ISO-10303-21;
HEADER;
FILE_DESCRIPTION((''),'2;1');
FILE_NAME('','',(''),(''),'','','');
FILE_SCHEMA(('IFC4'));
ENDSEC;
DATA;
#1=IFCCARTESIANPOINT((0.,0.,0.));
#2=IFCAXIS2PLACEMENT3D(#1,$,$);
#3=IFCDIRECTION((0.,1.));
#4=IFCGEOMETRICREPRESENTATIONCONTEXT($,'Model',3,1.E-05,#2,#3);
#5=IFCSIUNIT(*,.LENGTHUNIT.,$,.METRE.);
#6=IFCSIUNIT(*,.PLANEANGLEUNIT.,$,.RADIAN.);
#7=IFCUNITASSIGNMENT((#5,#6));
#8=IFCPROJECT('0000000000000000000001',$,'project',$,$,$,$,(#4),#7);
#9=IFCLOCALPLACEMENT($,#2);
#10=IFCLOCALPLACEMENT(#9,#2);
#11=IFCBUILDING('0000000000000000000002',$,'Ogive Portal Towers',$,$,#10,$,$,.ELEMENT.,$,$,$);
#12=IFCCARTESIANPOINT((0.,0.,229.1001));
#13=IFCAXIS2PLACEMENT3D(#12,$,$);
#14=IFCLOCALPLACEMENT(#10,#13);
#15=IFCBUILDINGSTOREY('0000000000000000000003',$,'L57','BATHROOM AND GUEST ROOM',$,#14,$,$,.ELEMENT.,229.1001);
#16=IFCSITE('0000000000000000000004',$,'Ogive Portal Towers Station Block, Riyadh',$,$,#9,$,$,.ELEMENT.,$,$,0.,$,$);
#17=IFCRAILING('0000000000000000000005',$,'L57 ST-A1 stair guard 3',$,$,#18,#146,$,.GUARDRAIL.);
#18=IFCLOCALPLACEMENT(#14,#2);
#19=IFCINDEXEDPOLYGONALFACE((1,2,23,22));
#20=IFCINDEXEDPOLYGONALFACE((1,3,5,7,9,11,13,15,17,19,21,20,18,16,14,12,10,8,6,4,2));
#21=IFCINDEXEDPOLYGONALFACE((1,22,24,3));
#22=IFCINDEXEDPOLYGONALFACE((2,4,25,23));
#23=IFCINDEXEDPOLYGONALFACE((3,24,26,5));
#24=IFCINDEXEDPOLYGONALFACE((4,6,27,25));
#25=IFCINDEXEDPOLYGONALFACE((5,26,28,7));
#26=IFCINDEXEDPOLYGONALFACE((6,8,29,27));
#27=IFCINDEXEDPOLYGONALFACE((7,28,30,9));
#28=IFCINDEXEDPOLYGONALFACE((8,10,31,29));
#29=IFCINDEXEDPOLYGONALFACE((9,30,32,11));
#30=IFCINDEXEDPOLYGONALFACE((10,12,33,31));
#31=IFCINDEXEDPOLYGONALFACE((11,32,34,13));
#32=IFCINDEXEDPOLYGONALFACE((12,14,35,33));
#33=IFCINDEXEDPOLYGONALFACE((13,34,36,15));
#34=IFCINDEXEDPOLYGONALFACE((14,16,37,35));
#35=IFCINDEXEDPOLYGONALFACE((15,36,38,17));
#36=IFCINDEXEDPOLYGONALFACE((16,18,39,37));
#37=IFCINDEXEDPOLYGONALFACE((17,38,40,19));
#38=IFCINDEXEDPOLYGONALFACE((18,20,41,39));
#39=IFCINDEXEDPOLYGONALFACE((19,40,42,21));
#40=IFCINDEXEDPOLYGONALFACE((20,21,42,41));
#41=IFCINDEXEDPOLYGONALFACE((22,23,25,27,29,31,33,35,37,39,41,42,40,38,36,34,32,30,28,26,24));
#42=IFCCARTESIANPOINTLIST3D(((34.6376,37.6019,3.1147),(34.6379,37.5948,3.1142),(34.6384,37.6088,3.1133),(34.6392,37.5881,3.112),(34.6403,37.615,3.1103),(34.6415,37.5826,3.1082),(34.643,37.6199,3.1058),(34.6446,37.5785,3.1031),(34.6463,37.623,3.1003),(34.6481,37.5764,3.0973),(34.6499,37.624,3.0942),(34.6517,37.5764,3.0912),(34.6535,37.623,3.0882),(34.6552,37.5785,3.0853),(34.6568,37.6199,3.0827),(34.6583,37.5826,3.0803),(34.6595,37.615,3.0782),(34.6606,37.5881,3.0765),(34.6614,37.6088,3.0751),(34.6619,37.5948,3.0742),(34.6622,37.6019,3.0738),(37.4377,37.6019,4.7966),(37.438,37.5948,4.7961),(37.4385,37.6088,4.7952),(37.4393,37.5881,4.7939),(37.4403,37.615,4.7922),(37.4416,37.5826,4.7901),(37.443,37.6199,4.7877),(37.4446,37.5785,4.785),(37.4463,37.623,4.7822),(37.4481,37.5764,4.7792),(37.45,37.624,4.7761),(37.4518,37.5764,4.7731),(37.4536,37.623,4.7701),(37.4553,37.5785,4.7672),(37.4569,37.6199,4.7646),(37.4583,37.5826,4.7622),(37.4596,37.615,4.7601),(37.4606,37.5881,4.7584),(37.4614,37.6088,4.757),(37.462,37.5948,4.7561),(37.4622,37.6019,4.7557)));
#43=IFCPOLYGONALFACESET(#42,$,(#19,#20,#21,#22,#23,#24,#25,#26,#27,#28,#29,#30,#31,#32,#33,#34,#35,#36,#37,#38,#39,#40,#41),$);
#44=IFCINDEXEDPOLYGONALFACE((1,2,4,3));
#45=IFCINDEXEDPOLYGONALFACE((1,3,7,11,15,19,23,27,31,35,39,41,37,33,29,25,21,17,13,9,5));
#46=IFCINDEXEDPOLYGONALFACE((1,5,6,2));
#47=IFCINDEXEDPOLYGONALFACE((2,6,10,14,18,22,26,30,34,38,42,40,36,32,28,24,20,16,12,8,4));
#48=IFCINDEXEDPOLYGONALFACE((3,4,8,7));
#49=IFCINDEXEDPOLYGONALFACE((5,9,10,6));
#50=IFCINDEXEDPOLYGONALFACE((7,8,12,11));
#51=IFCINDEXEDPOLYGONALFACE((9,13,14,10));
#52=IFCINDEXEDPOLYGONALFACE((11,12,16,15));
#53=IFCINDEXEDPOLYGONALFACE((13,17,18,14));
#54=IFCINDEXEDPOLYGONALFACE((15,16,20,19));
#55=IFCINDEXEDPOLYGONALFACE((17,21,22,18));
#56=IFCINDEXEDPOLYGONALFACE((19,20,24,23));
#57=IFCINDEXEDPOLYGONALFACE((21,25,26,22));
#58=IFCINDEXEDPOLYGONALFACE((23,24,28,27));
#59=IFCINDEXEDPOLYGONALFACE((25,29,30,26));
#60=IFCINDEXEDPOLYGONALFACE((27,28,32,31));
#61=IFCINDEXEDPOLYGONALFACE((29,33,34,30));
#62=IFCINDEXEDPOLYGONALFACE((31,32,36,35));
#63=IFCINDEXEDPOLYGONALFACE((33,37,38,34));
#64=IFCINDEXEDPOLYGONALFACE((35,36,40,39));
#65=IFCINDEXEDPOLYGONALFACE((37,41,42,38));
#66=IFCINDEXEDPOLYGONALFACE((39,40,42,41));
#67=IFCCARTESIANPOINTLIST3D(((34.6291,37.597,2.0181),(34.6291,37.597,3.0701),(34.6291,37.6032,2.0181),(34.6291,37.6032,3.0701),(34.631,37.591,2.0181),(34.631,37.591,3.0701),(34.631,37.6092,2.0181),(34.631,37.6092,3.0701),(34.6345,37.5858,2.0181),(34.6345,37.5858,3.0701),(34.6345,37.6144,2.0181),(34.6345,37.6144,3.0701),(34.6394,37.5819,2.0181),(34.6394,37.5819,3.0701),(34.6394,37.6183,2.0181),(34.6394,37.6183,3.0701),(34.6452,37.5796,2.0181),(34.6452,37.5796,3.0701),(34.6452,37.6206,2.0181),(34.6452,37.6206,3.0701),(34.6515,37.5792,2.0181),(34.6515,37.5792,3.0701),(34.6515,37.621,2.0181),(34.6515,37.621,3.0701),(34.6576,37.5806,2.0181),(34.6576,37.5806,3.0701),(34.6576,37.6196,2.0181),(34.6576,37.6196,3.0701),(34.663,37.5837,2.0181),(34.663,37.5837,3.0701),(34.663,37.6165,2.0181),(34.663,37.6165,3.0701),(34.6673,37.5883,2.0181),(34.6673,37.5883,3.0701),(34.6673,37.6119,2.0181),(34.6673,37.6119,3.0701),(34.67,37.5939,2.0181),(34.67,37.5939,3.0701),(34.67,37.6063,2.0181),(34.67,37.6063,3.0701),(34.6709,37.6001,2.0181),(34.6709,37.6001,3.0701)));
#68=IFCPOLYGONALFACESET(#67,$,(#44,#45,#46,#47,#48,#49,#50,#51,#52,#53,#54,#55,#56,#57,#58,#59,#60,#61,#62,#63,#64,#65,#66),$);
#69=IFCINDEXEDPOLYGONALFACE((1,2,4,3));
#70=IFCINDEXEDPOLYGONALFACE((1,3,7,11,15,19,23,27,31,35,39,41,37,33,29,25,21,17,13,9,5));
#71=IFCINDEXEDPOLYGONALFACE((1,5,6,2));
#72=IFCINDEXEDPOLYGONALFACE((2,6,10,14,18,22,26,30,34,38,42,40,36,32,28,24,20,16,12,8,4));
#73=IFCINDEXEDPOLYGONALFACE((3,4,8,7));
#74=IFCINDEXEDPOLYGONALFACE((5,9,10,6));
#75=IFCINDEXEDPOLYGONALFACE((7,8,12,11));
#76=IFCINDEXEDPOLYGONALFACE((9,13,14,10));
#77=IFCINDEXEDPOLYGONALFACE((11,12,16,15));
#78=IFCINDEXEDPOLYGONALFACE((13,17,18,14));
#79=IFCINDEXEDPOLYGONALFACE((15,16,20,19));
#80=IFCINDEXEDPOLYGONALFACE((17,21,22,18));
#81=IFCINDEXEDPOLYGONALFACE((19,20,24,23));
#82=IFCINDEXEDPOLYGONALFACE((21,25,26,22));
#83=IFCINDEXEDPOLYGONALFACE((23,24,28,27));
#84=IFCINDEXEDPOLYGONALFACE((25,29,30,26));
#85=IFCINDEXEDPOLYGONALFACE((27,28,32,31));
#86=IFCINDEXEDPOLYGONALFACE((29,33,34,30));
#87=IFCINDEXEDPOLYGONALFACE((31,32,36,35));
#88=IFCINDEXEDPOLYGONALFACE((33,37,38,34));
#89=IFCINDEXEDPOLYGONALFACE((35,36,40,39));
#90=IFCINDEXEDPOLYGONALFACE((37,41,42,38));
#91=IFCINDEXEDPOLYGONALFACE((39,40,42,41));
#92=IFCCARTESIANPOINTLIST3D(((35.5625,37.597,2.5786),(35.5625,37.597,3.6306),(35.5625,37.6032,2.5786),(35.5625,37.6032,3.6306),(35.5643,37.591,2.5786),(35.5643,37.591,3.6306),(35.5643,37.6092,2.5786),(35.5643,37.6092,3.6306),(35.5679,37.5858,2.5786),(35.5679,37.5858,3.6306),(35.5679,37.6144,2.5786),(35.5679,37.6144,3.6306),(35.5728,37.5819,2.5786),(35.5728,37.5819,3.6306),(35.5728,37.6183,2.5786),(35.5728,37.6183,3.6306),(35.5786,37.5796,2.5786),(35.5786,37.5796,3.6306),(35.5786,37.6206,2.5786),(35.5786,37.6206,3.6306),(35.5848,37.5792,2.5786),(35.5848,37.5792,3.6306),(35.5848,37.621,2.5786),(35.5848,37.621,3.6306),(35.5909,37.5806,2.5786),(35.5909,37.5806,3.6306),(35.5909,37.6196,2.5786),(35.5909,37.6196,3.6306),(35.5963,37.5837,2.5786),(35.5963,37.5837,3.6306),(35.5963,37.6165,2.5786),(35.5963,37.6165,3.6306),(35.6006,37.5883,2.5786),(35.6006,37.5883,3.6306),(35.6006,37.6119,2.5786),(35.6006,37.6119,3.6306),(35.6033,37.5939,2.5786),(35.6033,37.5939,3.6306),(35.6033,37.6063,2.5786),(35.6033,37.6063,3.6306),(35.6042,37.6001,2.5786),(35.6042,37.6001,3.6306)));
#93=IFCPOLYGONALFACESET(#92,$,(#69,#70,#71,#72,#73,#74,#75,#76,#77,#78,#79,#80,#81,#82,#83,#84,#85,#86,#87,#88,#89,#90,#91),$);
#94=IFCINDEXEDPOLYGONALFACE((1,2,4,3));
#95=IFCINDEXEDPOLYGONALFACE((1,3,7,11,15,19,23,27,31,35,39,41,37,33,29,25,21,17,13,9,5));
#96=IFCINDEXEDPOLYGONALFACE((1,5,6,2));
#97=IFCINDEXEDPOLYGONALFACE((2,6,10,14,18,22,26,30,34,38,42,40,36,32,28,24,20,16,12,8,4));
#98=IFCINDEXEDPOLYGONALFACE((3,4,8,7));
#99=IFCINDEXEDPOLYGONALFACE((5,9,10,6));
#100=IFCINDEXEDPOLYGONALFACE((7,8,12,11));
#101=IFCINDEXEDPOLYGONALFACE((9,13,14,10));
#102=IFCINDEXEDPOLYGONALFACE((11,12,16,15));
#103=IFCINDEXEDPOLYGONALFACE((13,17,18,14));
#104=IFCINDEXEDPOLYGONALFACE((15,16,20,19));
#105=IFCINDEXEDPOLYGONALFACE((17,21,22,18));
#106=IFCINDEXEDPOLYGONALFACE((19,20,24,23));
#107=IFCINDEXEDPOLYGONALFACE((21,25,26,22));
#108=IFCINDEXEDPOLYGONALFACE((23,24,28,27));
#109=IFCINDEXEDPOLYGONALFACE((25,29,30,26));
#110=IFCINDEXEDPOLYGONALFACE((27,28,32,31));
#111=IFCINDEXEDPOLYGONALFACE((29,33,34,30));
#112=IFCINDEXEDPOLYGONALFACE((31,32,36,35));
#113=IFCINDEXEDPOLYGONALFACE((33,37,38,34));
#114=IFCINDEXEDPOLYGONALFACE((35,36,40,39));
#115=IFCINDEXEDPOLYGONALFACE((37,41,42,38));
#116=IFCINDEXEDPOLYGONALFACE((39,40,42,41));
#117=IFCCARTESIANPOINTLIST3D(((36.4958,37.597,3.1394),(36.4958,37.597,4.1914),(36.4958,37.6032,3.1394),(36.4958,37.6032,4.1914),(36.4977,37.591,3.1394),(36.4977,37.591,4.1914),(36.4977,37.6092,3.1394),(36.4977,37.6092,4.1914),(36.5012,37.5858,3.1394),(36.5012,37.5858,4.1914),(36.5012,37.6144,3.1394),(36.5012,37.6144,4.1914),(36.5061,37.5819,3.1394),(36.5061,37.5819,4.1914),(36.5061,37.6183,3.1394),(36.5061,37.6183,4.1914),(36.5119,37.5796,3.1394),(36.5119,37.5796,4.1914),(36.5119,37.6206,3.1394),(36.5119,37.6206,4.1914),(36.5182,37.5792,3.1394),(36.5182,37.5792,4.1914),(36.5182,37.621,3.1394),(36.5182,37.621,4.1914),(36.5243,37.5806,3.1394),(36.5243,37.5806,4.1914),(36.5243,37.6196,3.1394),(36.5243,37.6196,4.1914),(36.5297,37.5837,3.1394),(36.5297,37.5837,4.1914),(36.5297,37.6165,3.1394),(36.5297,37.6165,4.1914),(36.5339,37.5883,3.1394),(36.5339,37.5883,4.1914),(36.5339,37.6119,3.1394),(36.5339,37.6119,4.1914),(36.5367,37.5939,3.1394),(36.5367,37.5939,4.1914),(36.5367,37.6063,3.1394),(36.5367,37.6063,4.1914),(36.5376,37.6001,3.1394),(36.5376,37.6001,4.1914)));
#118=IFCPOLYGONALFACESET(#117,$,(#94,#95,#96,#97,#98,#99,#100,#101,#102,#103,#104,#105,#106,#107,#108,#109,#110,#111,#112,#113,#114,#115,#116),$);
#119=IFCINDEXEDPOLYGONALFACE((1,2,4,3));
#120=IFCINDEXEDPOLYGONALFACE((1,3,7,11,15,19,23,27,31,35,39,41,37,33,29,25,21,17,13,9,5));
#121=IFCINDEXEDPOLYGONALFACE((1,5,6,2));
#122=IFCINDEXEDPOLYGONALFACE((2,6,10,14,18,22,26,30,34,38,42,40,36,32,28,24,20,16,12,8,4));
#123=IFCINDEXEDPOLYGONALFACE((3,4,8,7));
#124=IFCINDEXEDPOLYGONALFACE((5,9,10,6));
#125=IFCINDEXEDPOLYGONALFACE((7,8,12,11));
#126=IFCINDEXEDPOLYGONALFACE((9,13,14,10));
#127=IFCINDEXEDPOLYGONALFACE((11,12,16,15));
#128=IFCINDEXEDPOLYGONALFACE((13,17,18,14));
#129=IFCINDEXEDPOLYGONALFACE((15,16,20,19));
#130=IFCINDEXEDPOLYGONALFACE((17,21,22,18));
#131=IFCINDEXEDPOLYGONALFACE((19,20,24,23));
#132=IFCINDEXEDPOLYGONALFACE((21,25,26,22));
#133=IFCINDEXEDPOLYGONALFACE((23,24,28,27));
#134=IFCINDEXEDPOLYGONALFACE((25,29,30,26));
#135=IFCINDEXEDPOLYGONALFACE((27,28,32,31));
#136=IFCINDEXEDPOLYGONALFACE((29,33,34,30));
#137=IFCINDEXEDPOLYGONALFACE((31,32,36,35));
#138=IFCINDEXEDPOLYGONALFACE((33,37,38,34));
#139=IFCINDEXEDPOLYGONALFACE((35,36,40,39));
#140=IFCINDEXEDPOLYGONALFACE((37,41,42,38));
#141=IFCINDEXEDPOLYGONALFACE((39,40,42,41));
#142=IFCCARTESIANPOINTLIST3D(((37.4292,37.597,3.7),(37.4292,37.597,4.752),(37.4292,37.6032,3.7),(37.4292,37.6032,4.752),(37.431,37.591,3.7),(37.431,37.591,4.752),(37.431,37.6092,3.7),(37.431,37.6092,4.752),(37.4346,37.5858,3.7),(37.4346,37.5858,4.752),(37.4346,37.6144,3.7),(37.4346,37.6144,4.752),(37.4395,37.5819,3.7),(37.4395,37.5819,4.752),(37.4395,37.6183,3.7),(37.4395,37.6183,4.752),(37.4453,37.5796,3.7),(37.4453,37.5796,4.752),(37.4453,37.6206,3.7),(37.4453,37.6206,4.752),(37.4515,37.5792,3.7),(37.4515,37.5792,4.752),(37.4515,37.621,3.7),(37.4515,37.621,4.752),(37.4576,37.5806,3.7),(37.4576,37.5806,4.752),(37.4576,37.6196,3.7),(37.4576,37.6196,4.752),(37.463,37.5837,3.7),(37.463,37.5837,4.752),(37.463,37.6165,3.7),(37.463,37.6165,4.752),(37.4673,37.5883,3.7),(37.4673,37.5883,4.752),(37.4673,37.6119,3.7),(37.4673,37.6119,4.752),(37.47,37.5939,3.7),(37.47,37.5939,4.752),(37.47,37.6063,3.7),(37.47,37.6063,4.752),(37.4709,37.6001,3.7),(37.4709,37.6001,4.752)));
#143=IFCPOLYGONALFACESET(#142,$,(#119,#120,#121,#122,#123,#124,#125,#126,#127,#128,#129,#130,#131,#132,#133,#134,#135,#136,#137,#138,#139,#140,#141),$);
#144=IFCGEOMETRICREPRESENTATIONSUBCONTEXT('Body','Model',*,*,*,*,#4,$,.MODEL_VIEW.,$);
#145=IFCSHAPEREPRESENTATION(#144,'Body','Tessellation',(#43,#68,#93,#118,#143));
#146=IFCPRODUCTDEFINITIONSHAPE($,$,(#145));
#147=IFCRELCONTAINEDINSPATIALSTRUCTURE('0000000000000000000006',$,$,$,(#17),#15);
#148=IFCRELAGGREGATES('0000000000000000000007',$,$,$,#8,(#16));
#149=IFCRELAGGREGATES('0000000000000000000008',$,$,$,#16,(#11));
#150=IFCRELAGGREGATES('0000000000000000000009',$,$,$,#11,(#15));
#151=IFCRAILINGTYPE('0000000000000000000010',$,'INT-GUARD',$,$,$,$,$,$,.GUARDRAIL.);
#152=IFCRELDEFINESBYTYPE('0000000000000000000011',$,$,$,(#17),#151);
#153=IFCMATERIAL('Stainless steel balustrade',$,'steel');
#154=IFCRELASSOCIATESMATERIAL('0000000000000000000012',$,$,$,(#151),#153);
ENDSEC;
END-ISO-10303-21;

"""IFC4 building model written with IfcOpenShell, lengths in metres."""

from ifc_helpers import new_model, si_unit, direction, frame, origin, origin_2d, place, context, subcontext, project, spatial, circle, extrude, material, type_object, element, save


model = new_model("IFC4")

# Units and contexts
model_context = context("Model", 3, precision=1e-05, world=origin(), true_north=direction((0.0, 1.0)))
body_context = subcontext(model_context, "Body", "Model", "MODEL_VIEW")
ifc_project = project(units=[si_unit("LENGTHUNIT", "METRE"), si_unit("PLANEANGLEUNIT", "RADIAN")], contexts=[model_context])

# Site, building, storey
site_placement = place(None, origin())
site = spatial("IfcSite", under=ifc_project, at=site_placement, Name="Ogive Portal Towers Station Block, Riyadh", CompositionType="ELEMENT", RefElevation=0.0)
building_placement = place(site_placement, origin())
building = spatial("IfcBuilding", under=site, at=building_placement, Name="Ogive Portal Towers", CompositionType="ELEMENT")
storey_placement = place(building_placement, frame((0.0, 0.0, 229.1001)))
storey = spatial("IfcBuildingStorey", under=building, at=storey_placement, Name="L57", Description="BATHROOM AND GUEST ROOM", CompositionType="ELEMENT", Elevation=229.1001)

# Railing
ifc_material_1 = material(Name="Stainless steel balustrade", Category="steel")
railing_type_1 = type_object("IfcRailingType", Name="INT-GUARD", PredefinedType="GUARDRAIL", material=ifc_material_1)
railing_1_placement = place(storey_placement, frame((34.6499, 37.6001, 2.0181)))
element("IfcRailing", 1, at=railing_1_placement, inside=storey, type_object=railing_type_1, Name="L57 ST-A1 stair guard 3", PredefinedType="GUARDRAIL", context=body_context, shape_type="SweptSolid", body=[
    extrude(circle(Radius=0.0239, at=origin_2d()), frame((0.0, 0.0, 1.0762), z_axis=(0.857242, 0.0, 0.514913), x_axis=(0.0, 1.0, 0.0)), (0.0, 0.0, 1.0), 3.2664),
    extrude(circle(Radius=0.021, at=origin_2d()), origin(), (0.0, 0.0, 1.0), 1.052),
    extrude(circle(Radius=0.021, at=origin_2d()), frame((0.9333, 0.0, 0.5605)), (0.0, 0.0, 1.0), 1.052),
    extrude(circle(Radius=0.021, at=origin_2d()), frame((1.8667, 0.0, 1.1213)), (0.0, 0.0, 1.0), 1.052),
    extrude(circle(Radius=0.021, at=origin_2d()), frame((2.8, 0.0, 1.6819)), (0.0, 0.0, 1.0), 1.052),
])

save(model, "model.ifc")
